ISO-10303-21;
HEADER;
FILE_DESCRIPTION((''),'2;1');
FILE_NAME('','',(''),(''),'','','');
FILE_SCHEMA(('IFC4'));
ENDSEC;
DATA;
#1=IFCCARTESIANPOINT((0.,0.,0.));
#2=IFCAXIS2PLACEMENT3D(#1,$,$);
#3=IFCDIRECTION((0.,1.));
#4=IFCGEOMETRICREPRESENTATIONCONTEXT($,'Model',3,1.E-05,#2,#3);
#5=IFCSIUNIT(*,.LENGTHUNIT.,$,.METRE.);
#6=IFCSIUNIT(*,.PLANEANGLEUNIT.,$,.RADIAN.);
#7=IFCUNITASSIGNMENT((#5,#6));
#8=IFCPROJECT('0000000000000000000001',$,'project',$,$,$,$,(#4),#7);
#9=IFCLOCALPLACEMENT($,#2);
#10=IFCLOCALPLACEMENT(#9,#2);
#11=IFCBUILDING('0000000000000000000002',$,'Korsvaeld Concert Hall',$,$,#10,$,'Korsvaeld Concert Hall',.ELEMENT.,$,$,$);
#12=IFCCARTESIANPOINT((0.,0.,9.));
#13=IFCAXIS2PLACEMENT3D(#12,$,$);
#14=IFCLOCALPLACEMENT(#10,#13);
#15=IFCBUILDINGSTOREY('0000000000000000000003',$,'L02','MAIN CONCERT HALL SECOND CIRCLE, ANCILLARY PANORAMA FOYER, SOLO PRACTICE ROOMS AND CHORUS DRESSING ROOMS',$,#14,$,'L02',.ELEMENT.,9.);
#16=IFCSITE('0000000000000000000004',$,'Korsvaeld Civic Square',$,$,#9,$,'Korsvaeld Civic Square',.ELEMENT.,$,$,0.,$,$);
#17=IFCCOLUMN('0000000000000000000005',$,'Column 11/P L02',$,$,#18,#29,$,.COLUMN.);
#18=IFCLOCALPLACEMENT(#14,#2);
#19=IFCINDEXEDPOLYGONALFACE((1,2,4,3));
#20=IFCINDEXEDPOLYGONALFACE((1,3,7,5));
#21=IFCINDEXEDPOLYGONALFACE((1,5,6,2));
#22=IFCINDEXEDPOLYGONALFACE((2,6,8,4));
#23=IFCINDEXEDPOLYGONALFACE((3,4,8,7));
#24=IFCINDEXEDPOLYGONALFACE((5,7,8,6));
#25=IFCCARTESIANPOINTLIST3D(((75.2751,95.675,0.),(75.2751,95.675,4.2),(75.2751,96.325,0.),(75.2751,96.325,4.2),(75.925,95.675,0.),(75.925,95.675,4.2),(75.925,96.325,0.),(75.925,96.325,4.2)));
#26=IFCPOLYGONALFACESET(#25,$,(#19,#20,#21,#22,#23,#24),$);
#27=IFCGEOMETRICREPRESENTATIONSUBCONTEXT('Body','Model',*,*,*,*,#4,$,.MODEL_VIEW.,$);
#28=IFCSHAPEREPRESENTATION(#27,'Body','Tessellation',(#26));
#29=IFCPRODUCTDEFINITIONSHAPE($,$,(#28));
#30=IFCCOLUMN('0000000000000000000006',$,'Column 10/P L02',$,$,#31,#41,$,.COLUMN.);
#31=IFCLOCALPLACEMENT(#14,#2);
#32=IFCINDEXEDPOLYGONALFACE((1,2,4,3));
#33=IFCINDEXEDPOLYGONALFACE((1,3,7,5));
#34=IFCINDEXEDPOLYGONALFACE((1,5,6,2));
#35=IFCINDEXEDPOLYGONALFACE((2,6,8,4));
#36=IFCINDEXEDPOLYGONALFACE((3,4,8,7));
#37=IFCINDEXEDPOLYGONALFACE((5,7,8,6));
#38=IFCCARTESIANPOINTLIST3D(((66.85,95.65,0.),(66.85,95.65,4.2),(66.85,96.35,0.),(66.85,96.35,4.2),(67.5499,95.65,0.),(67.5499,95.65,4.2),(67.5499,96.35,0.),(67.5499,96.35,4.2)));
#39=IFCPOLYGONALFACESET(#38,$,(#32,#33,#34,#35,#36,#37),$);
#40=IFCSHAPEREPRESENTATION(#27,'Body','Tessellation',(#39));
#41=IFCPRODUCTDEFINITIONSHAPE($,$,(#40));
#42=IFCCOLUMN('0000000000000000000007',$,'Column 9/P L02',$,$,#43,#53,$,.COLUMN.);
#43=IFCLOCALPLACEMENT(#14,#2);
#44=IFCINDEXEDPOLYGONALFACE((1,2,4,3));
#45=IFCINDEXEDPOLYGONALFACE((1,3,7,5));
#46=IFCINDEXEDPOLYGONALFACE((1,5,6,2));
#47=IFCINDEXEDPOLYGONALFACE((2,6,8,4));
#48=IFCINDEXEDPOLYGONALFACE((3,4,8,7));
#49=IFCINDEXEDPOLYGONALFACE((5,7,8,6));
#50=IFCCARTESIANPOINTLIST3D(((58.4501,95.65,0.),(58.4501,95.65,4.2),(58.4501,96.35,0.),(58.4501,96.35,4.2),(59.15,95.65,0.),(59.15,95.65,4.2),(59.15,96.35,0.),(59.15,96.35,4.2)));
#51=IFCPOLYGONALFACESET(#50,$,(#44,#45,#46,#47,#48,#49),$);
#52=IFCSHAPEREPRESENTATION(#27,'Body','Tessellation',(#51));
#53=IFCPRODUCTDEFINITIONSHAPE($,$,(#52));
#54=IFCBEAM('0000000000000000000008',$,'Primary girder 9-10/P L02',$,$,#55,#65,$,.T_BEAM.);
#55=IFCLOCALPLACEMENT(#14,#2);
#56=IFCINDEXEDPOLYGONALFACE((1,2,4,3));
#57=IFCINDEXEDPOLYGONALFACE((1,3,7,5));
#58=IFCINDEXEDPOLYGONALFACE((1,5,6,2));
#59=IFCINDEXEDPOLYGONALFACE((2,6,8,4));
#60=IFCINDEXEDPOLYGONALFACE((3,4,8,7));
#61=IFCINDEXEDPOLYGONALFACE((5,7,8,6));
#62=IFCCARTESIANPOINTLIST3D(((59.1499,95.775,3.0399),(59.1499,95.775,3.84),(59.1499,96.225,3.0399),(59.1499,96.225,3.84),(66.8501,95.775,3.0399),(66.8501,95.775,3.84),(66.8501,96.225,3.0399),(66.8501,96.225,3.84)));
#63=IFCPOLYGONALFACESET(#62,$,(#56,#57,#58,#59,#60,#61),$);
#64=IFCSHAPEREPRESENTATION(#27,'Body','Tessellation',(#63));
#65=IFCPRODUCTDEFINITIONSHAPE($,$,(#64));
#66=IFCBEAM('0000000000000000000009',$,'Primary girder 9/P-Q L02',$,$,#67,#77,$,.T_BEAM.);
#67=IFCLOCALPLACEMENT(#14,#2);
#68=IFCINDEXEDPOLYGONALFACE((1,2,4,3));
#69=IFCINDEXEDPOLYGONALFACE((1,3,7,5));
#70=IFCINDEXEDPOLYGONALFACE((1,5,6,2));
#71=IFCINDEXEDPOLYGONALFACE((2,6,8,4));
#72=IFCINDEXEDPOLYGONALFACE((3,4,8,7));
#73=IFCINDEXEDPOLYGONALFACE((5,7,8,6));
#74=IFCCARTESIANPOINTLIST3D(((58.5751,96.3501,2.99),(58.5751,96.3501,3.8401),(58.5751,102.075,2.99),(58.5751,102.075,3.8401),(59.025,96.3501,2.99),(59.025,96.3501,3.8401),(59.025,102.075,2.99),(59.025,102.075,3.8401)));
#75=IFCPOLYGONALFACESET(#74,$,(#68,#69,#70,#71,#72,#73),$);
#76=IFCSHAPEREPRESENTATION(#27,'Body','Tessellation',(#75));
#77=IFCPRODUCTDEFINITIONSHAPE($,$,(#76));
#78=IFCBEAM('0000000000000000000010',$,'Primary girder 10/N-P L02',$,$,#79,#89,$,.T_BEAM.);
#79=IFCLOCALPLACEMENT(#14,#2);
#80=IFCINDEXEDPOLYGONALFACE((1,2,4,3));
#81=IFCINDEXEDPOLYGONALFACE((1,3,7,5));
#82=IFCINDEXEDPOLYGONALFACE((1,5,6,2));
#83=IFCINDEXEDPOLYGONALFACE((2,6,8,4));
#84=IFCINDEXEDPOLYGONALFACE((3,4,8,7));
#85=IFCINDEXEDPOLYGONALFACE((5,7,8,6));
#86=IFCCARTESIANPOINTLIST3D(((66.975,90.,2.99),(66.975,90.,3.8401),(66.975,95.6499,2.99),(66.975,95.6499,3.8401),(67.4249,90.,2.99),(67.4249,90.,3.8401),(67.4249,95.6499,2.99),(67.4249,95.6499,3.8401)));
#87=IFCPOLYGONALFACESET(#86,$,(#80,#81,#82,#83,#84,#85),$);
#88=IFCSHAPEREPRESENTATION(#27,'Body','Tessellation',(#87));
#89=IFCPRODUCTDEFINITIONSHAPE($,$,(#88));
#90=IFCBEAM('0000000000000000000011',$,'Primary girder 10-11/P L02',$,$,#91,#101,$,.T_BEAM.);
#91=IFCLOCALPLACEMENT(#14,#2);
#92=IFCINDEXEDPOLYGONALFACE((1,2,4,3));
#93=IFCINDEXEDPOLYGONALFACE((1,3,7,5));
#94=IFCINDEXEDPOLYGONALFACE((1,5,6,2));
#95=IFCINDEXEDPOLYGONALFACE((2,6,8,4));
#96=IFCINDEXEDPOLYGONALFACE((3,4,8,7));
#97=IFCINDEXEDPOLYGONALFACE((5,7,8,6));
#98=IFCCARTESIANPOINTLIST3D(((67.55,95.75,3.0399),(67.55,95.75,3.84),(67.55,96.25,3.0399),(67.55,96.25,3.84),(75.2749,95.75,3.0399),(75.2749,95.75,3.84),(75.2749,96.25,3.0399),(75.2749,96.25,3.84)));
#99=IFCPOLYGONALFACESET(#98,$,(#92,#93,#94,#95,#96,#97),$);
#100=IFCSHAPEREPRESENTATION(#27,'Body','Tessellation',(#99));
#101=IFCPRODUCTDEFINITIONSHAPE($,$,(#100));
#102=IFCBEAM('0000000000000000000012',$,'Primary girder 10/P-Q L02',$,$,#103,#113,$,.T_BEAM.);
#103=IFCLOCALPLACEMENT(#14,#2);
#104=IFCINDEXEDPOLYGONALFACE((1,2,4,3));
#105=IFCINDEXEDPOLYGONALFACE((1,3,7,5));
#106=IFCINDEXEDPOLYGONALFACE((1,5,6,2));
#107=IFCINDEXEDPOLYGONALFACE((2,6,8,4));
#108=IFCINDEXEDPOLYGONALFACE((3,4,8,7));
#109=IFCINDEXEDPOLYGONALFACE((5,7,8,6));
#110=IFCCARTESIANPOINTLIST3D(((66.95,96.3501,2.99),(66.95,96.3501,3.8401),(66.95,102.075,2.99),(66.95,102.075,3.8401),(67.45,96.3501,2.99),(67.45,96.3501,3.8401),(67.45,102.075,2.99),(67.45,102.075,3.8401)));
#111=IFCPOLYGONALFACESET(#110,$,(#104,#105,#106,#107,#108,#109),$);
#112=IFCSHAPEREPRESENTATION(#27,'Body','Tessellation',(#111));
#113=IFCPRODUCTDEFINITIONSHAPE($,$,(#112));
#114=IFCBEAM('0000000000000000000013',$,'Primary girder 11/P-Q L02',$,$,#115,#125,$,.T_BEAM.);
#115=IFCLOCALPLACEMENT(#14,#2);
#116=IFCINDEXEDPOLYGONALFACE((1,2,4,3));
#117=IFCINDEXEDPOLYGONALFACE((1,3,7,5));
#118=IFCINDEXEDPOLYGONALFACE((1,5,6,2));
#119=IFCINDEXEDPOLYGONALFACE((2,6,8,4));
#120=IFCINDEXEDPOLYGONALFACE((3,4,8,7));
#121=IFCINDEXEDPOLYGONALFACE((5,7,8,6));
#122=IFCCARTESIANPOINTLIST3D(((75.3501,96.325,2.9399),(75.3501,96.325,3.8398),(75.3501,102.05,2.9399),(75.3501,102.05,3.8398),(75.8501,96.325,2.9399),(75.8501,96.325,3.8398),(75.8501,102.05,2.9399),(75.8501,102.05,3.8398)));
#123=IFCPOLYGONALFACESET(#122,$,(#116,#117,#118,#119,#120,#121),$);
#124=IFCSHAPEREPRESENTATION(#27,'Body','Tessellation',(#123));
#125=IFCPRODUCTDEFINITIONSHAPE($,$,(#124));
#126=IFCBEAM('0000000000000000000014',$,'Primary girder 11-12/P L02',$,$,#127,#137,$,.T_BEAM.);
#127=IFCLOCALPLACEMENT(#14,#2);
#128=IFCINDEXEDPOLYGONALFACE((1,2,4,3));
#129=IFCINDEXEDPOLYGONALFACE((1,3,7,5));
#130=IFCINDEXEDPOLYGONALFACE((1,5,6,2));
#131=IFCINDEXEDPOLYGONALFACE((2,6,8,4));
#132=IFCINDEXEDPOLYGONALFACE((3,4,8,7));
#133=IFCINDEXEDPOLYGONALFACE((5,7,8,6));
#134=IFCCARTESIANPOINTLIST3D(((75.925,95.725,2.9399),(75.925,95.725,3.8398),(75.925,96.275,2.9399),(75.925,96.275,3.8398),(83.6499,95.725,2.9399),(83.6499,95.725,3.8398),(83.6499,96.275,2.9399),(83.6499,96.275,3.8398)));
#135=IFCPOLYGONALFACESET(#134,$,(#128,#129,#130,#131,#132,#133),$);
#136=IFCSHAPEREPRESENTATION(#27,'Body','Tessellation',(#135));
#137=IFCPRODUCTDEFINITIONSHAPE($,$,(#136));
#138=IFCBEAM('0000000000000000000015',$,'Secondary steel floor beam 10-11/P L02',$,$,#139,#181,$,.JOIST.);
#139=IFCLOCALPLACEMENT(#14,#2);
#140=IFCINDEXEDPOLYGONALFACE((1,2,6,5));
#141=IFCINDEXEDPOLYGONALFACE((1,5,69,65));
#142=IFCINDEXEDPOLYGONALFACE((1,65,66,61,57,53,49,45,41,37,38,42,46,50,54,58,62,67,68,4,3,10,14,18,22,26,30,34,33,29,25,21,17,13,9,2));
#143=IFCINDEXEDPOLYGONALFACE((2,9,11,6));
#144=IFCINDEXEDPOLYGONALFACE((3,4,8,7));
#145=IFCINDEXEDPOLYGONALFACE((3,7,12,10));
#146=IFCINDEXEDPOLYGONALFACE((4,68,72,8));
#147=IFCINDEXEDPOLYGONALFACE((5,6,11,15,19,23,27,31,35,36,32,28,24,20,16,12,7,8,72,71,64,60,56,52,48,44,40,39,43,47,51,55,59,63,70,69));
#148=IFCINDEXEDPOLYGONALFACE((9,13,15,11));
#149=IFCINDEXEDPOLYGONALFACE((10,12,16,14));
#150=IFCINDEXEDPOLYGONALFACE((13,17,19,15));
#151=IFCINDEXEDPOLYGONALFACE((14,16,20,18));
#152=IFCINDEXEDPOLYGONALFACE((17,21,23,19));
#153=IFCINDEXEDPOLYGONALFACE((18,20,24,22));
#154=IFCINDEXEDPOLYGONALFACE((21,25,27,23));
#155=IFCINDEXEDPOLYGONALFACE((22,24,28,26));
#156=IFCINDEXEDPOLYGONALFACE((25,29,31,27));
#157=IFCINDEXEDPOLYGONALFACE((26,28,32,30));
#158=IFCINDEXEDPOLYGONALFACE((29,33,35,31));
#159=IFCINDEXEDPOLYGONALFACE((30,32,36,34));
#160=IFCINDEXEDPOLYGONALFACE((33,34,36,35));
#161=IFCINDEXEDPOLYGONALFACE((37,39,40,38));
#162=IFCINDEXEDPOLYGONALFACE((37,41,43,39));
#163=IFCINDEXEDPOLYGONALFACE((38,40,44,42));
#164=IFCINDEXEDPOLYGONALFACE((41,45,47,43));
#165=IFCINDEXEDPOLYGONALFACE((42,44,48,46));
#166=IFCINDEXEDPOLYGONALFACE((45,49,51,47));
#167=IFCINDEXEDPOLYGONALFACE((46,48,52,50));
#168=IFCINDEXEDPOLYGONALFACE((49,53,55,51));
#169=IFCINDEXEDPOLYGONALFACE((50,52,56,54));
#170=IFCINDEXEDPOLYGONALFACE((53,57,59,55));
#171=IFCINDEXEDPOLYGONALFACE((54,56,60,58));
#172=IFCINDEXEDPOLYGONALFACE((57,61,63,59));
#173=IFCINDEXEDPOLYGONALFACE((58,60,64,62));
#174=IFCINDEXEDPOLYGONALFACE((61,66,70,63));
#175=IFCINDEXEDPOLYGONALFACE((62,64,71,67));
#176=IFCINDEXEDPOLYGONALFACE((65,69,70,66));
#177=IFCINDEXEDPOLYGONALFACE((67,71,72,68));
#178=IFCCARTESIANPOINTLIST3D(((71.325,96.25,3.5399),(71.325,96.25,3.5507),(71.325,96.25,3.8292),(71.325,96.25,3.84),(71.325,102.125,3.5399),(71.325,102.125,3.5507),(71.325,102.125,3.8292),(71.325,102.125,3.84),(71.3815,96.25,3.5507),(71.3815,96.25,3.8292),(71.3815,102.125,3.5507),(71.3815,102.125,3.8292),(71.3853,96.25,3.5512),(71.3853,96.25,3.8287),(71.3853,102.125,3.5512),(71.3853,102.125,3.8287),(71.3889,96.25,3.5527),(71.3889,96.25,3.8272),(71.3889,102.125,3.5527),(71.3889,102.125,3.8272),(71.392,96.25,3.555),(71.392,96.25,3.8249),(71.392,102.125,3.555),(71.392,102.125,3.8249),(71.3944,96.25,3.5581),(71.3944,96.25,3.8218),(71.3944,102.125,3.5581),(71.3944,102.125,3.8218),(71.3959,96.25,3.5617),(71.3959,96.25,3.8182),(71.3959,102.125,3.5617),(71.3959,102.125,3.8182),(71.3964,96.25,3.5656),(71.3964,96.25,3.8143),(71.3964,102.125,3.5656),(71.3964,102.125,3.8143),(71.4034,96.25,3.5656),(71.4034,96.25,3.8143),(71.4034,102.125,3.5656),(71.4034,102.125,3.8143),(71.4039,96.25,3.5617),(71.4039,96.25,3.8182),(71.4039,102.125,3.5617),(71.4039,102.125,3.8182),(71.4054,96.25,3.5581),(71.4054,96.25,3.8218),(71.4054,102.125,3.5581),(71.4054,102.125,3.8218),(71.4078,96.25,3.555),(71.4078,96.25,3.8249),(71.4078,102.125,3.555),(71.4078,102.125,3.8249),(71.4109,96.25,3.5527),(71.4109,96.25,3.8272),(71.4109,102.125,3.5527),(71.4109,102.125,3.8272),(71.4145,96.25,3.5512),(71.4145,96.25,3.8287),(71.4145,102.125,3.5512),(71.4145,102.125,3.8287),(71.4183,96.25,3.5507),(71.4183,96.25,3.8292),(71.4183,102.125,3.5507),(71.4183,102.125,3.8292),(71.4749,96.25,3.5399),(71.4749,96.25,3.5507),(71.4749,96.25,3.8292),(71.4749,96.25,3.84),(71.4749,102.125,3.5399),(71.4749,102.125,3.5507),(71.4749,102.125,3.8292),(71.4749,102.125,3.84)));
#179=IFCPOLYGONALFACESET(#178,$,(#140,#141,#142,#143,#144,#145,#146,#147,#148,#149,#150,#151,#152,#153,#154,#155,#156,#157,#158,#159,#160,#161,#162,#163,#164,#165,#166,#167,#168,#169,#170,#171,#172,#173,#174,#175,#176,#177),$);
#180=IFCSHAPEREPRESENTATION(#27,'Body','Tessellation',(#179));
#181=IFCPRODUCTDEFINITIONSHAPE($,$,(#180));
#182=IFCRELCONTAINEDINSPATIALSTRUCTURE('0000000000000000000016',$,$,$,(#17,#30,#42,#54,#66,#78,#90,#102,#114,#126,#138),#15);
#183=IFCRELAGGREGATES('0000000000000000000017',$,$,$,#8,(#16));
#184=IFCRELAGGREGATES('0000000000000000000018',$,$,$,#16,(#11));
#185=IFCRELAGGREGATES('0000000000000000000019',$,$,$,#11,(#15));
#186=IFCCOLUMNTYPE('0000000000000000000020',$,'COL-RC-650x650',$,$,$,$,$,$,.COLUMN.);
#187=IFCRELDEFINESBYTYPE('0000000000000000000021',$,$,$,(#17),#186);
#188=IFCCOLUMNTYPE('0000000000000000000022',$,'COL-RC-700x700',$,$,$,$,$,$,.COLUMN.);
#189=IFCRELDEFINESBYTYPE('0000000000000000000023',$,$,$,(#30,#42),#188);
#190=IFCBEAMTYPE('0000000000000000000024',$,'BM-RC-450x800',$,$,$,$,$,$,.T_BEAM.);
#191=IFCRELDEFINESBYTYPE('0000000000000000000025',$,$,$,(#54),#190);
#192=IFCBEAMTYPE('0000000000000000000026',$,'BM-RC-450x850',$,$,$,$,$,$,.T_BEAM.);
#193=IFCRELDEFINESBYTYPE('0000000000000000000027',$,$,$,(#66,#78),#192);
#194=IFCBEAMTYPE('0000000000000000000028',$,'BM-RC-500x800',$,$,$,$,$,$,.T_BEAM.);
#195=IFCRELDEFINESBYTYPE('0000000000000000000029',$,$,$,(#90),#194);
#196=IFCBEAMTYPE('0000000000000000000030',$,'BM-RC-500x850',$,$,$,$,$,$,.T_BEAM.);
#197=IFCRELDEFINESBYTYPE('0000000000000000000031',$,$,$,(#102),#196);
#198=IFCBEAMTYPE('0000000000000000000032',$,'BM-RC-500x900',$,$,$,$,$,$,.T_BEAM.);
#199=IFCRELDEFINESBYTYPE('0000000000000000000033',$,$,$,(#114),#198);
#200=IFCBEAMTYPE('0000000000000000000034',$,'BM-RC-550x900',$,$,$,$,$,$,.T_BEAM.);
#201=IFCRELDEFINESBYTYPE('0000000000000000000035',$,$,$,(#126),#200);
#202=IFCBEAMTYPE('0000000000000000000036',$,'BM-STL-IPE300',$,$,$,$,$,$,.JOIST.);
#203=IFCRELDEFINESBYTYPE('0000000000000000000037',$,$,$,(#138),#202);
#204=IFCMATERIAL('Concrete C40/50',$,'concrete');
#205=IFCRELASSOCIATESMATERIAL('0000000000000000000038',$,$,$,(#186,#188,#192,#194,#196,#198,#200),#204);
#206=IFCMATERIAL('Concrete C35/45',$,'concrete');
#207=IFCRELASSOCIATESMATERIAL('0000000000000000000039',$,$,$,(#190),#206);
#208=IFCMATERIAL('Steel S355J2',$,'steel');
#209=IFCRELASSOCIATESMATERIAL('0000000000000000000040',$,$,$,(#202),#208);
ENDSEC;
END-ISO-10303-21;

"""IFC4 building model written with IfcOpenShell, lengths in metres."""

from ifc_helpers import new_model, si_unit, direction, frame, origin, origin_2d, place, context, subcontext, project, spatial, rectangle, i_section, extrude, material, material_profile, profile_set, type_object, element, save


model = new_model("IFC4")

# Units and contexts
model_context = context("Model", 3, precision=1e-05, world=origin(), true_north=direction((0.0, 1.0)))
body_context = subcontext(model_context, "Body", "Model", "MODEL_VIEW")
ifc_project = project(units=[si_unit("LENGTHUNIT", "METRE"), si_unit("PLANEANGLEUNIT", "RADIAN")], contexts=[model_context])

# Site, building, storey
site_placement = place(None, origin())
site = spatial("IfcSite", under=ifc_project, at=site_placement, Name="Korsvaeld Civic Square", LongName="Korsvaeld Civic Square", CompositionType="ELEMENT", RefElevation=0.0)
building_placement = place(site_placement, origin())
building = spatial("IfcBuilding", under=site, at=building_placement, Name="Korsvaeld Concert Hall", LongName="Korsvaeld Concert Hall", CompositionType="ELEMENT")
storey_placement = place(building_placement, frame((0.0, 0.0, 9.0)))
storey = spatial("IfcBuildingStorey", under=building, at=storey_placement, Name="L02", Description="MAIN CONCERT HALL SECOND CIRCLE, ANCILLARY PANORAMA FOYER, SOLO PRACTICE ROOMS AND CHORUS DRESSING ROOMS", LongName="L02", CompositionType="ELEMENT", Elevation=9.0)

# Columns
ifc_material_1 = material(Name="Concrete C40/50", Category="concrete")
ifc_material_profile_1 = material_profile(ifc_material_1, rectangle(XDim=0.6499, YDim=0.6499, at=origin_2d()), Name="RC 650x650")
ifc_profile_set_1 = profile_set([ifc_material_profile_1], Name="Concrete C40/50")
column_type_1 = type_object("IfcColumnType", Name="COL-RC-650x650", PredefinedType="COLUMN", material=ifc_profile_set_1)
column_placement = place(storey_placement, frame((75.6001, 96.0, 0.0), z_axis=(0.0, 0.0, 1.0), x_axis=(1.0, 0.0, 0.0)))
element("IfcColumn", 1, at=column_placement, inside=storey, type_object=column_type_1, Name="Column 11/P L02", PredefinedType="COLUMN", context=body_context, shape_type="SweptSolid", body=[
    extrude(rectangle(XDim=0.6499, YDim=0.6499, at=origin_2d()), origin(), (0.0, 0.0, 1.0), 4.2),
])
ifc_material_profile_2 = material_profile(ifc_material_1, rectangle(XDim=0.7, YDim=0.7, at=origin_2d()), Name="RC 700x700")
ifc_profile_set_2 = profile_set([ifc_material_profile_2], Name="Concrete C40/50")
column_type_2 = type_object("IfcColumnType", Name="COL-RC-700x700", PredefinedType="COLUMN", material=ifc_profile_set_2)
for number, where, z_axis, x_axis, name in (
    (2, (67.2, 96.0, 0.0), (0.0, 0.0, 1.0), (1.0, 0.0, 0.0), "Column 10/P L02"),
    (3, (58.8, 96.0, 0.0), (0.0, 0.0, 1.0), (1.0, 0.0, 0.0), "Column 9/P L02"),
):
    element("IfcColumn", number, at=place(storey_placement, frame(where, z_axis=z_axis, x_axis=x_axis)), inside=storey, type_object=column_type_2, Name=name, PredefinedType="COLUMN", context=body_context, shape_type="SweptSolid", body=[
        extrude(rectangle(XDim=0.7, YDim=0.7, at=origin_2d()), origin(), (0.0, 0.0, 1.0), 4.2),
    ])

# Beams
ifc_material_2 = material(Name="Concrete C35/45", Category="concrete")
ifc_material_profile_3 = material_profile(ifc_material_2, rectangle(XDim=0.45, YDim=0.8, at=origin_2d()), Name="RC 450x800")
ifc_profile_set_3 = profile_set([ifc_material_profile_3], Name="Concrete C35/45")
beam_type_1 = type_object("IfcBeamType", Name="BM-RC-450x800", PredefinedType="T_BEAM", material=ifc_profile_set_3)
beam_1_placement = place(storey_placement, frame((59.1499, 96.0, 3.4399), z_axis=(1.0, 0.0, 0.0), x_axis=(0.0, 1.0, 0.0)))
element("IfcBeam", 4, at=beam_1_placement, inside=storey, type_object=beam_type_1, Name="Primary girder 9-10/P L02", PredefinedType="T_BEAM", context=body_context, shape_type="SweptSolid", body=[
    extrude(rectangle(XDim=0.45, YDim=0.8, at=origin_2d()), origin(), (0.0, 0.0, 1.0), 7.7002),
])
ifc_material_profile_4 = material_profile(ifc_material_1, rectangle(XDim=0.45, YDim=0.8501, at=origin_2d()), Name="RC 450x850")
ifc_profile_set_4 = profile_set([ifc_material_profile_4], Name="Concrete C40/50")
beam_type_2 = type_object("IfcBeamType", Name="BM-RC-450x850", PredefinedType="T_BEAM", material=ifc_profile_set_4)
beam_2_placement = place(storey_placement, frame((58.8, 96.3501, 3.415), z_axis=(0.0, 1.0, 0.0), x_axis=(-1.0, 0.0, 0.0)))
element("IfcBeam", 5, at=beam_2_placement, inside=storey, type_object=beam_type_2, Name="Primary girder 9/P-Q L02", PredefinedType="T_BEAM", context=body_context, shape_type="SweptSolid", body=[
    extrude(rectangle(XDim=0.45, YDim=0.8501, at=origin_2d()), origin(), (0.0, 0.0, 1.0), 5.7249),
])
beam_3_placement = place(storey_placement, frame((67.2, 90.0, 3.415), z_axis=(0.0, 1.0, 0.0), x_axis=(-1.0, 0.0, 0.0)))
element("IfcBeam", 6, at=beam_3_placement, inside=storey, type_object=beam_type_2, Name="Primary girder 10/N-P L02", PredefinedType="T_BEAM", context=body_context, shape_type="SweptSolid", body=[
    extrude(rectangle(XDim=0.45, YDim=0.8501, at=origin_2d()), origin(), (0.0, 0.0, 1.0), 5.6499),
])
ifc_material_profile_5 = material_profile(ifc_material_1, rectangle(XDim=0.5, YDim=0.8, at=origin_2d()), Name="RC 500x800")
ifc_profile_set_5 = profile_set([ifc_material_profile_5], Name="Concrete C40/50")
beam_type_3 = type_object("IfcBeamType", Name="BM-RC-500x800", PredefinedType="T_BEAM", material=ifc_profile_set_5)
beam_4_placement = place(storey_placement, frame((67.55, 96.0, 3.4399), z_axis=(1.0, 0.0, 0.0), x_axis=(0.0, 1.0, 0.0)))
element("IfcBeam", 7, at=beam_4_placement, inside=storey, type_object=beam_type_3, Name="Primary girder 10-11/P L02", PredefinedType="T_BEAM", context=body_context, shape_type="SweptSolid", body=[
    extrude(rectangle(XDim=0.5, YDim=0.8, at=origin_2d()), origin(), (0.0, 0.0, 1.0), 7.7249),
])
ifc_material_profile_6 = material_profile(ifc_material_1, rectangle(XDim=0.5, YDim=0.8501, at=origin_2d()), Name="RC 500x850")
ifc_profile_set_6 = profile_set([ifc_material_profile_6], Name="Concrete C40/50")
beam_type_4 = type_object("IfcBeamType", Name="BM-RC-500x850", PredefinedType="T_BEAM", material=ifc_profile_set_6)
beam_5_placement = place(storey_placement, frame((67.2, 96.3501, 3.415), z_axis=(0.0, 1.0, 0.0), x_axis=(-1.0, 0.0, 0.0)))
element("IfcBeam", 8, at=beam_5_placement, inside=storey, type_object=beam_type_4, Name="Primary girder 10/P-Q L02", PredefinedType="T_BEAM", context=body_context, shape_type="SweptSolid", body=[
    extrude(rectangle(XDim=0.5, YDim=0.8501, at=origin_2d()), origin(), (0.0, 0.0, 1.0), 5.7249),
])
ifc_material_profile_7 = material_profile(ifc_material_1, rectangle(XDim=0.5, YDim=0.8999, at=origin_2d()), Name="RC 500x900")
ifc_profile_set_7 = profile_set([ifc_material_profile_7], Name="Concrete C40/50")
beam_type_5 = type_object("IfcBeamType", Name="BM-RC-500x900", PredefinedType="T_BEAM", material=ifc_profile_set_7)
beam_6_placement = place(storey_placement, frame((75.6001, 96.325, 3.3899), z_axis=(0.0, 1.0, 0.0), x_axis=(-1.0, 0.0, 0.0)))
element("IfcBeam", 9, at=beam_6_placement, inside=storey, type_object=beam_type_5, Name="Primary girder 11/P-Q L02", PredefinedType="T_BEAM", context=body_context, shape_type="SweptSolid", body=[
    extrude(rectangle(XDim=0.5, YDim=0.8999, at=origin_2d()), origin(), (0.0, 0.0, 1.0), 5.7251),
])
ifc_material_profile_8 = material_profile(ifc_material_1, rectangle(XDim=0.55, YDim=0.8999, at=origin_2d()), Name="RC 550x900")
ifc_profile_set_8 = profile_set([ifc_material_profile_8], Name="Concrete C40/50")
beam_type_6 = type_object("IfcBeamType", Name="BM-RC-550x900", PredefinedType="T_BEAM", material=ifc_profile_set_8)
beam_7_placement = place(storey_placement, frame((75.925, 96.0, 3.3899), z_axis=(1.0, 0.0, 0.0), x_axis=(0.0, 1.0, 0.0)))
element("IfcBeam", 10, at=beam_7_placement, inside=storey, type_object=beam_type_6, Name="Primary girder 11-12/P L02", PredefinedType="T_BEAM", context=body_context, shape_type="SweptSolid", body=[
    extrude(rectangle(XDim=0.55, YDim=0.8999, at=origin_2d()), origin(), (0.0, 0.0, 1.0), 7.7249),
])
ifc_material_3 = material(Name="Steel S355J2", Category="steel")
ifc_material_profile_9 = material_profile(ifc_material_3, i_section(OverallWidth=0.1499, OverallDepth=0.3, WebThickness=0.0071, FlangeThickness=0.0107, FilletRadius=0.0149, at=origin_2d()), Name="IPE 300")
ifc_profile_set_9 = profile_set([ifc_material_profile_9], Name="Steel S355J2")
beam_type_7 = type_object("IfcBeamType", Name="BM-STL-IPE300", PredefinedType="JOIST", material=ifc_profile_set_9)
beam_8_placement = place(storey_placement, frame((71.3999, 96.25, 3.6899), z_axis=(0.0, 1.0, 0.0), x_axis=(-1.0, 0.0, 0.0)))
element("IfcBeam", 11, at=beam_8_placement, inside=storey, type_object=beam_type_7, Name="Secondary steel floor beam 10-11/P L02", PredefinedType="JOIST", context=body_context, shape_type="SweptSolid", body=[
    extrude(i_section(OverallWidth=0.1499, OverallDepth=0.3, WebThickness=0.0071, FlangeThickness=0.0107, FilletRadius=0.0149, at=origin_2d()), origin(), (0.0, 0.0, 1.0), 5.875),
])

save(model, "model.ifc")
